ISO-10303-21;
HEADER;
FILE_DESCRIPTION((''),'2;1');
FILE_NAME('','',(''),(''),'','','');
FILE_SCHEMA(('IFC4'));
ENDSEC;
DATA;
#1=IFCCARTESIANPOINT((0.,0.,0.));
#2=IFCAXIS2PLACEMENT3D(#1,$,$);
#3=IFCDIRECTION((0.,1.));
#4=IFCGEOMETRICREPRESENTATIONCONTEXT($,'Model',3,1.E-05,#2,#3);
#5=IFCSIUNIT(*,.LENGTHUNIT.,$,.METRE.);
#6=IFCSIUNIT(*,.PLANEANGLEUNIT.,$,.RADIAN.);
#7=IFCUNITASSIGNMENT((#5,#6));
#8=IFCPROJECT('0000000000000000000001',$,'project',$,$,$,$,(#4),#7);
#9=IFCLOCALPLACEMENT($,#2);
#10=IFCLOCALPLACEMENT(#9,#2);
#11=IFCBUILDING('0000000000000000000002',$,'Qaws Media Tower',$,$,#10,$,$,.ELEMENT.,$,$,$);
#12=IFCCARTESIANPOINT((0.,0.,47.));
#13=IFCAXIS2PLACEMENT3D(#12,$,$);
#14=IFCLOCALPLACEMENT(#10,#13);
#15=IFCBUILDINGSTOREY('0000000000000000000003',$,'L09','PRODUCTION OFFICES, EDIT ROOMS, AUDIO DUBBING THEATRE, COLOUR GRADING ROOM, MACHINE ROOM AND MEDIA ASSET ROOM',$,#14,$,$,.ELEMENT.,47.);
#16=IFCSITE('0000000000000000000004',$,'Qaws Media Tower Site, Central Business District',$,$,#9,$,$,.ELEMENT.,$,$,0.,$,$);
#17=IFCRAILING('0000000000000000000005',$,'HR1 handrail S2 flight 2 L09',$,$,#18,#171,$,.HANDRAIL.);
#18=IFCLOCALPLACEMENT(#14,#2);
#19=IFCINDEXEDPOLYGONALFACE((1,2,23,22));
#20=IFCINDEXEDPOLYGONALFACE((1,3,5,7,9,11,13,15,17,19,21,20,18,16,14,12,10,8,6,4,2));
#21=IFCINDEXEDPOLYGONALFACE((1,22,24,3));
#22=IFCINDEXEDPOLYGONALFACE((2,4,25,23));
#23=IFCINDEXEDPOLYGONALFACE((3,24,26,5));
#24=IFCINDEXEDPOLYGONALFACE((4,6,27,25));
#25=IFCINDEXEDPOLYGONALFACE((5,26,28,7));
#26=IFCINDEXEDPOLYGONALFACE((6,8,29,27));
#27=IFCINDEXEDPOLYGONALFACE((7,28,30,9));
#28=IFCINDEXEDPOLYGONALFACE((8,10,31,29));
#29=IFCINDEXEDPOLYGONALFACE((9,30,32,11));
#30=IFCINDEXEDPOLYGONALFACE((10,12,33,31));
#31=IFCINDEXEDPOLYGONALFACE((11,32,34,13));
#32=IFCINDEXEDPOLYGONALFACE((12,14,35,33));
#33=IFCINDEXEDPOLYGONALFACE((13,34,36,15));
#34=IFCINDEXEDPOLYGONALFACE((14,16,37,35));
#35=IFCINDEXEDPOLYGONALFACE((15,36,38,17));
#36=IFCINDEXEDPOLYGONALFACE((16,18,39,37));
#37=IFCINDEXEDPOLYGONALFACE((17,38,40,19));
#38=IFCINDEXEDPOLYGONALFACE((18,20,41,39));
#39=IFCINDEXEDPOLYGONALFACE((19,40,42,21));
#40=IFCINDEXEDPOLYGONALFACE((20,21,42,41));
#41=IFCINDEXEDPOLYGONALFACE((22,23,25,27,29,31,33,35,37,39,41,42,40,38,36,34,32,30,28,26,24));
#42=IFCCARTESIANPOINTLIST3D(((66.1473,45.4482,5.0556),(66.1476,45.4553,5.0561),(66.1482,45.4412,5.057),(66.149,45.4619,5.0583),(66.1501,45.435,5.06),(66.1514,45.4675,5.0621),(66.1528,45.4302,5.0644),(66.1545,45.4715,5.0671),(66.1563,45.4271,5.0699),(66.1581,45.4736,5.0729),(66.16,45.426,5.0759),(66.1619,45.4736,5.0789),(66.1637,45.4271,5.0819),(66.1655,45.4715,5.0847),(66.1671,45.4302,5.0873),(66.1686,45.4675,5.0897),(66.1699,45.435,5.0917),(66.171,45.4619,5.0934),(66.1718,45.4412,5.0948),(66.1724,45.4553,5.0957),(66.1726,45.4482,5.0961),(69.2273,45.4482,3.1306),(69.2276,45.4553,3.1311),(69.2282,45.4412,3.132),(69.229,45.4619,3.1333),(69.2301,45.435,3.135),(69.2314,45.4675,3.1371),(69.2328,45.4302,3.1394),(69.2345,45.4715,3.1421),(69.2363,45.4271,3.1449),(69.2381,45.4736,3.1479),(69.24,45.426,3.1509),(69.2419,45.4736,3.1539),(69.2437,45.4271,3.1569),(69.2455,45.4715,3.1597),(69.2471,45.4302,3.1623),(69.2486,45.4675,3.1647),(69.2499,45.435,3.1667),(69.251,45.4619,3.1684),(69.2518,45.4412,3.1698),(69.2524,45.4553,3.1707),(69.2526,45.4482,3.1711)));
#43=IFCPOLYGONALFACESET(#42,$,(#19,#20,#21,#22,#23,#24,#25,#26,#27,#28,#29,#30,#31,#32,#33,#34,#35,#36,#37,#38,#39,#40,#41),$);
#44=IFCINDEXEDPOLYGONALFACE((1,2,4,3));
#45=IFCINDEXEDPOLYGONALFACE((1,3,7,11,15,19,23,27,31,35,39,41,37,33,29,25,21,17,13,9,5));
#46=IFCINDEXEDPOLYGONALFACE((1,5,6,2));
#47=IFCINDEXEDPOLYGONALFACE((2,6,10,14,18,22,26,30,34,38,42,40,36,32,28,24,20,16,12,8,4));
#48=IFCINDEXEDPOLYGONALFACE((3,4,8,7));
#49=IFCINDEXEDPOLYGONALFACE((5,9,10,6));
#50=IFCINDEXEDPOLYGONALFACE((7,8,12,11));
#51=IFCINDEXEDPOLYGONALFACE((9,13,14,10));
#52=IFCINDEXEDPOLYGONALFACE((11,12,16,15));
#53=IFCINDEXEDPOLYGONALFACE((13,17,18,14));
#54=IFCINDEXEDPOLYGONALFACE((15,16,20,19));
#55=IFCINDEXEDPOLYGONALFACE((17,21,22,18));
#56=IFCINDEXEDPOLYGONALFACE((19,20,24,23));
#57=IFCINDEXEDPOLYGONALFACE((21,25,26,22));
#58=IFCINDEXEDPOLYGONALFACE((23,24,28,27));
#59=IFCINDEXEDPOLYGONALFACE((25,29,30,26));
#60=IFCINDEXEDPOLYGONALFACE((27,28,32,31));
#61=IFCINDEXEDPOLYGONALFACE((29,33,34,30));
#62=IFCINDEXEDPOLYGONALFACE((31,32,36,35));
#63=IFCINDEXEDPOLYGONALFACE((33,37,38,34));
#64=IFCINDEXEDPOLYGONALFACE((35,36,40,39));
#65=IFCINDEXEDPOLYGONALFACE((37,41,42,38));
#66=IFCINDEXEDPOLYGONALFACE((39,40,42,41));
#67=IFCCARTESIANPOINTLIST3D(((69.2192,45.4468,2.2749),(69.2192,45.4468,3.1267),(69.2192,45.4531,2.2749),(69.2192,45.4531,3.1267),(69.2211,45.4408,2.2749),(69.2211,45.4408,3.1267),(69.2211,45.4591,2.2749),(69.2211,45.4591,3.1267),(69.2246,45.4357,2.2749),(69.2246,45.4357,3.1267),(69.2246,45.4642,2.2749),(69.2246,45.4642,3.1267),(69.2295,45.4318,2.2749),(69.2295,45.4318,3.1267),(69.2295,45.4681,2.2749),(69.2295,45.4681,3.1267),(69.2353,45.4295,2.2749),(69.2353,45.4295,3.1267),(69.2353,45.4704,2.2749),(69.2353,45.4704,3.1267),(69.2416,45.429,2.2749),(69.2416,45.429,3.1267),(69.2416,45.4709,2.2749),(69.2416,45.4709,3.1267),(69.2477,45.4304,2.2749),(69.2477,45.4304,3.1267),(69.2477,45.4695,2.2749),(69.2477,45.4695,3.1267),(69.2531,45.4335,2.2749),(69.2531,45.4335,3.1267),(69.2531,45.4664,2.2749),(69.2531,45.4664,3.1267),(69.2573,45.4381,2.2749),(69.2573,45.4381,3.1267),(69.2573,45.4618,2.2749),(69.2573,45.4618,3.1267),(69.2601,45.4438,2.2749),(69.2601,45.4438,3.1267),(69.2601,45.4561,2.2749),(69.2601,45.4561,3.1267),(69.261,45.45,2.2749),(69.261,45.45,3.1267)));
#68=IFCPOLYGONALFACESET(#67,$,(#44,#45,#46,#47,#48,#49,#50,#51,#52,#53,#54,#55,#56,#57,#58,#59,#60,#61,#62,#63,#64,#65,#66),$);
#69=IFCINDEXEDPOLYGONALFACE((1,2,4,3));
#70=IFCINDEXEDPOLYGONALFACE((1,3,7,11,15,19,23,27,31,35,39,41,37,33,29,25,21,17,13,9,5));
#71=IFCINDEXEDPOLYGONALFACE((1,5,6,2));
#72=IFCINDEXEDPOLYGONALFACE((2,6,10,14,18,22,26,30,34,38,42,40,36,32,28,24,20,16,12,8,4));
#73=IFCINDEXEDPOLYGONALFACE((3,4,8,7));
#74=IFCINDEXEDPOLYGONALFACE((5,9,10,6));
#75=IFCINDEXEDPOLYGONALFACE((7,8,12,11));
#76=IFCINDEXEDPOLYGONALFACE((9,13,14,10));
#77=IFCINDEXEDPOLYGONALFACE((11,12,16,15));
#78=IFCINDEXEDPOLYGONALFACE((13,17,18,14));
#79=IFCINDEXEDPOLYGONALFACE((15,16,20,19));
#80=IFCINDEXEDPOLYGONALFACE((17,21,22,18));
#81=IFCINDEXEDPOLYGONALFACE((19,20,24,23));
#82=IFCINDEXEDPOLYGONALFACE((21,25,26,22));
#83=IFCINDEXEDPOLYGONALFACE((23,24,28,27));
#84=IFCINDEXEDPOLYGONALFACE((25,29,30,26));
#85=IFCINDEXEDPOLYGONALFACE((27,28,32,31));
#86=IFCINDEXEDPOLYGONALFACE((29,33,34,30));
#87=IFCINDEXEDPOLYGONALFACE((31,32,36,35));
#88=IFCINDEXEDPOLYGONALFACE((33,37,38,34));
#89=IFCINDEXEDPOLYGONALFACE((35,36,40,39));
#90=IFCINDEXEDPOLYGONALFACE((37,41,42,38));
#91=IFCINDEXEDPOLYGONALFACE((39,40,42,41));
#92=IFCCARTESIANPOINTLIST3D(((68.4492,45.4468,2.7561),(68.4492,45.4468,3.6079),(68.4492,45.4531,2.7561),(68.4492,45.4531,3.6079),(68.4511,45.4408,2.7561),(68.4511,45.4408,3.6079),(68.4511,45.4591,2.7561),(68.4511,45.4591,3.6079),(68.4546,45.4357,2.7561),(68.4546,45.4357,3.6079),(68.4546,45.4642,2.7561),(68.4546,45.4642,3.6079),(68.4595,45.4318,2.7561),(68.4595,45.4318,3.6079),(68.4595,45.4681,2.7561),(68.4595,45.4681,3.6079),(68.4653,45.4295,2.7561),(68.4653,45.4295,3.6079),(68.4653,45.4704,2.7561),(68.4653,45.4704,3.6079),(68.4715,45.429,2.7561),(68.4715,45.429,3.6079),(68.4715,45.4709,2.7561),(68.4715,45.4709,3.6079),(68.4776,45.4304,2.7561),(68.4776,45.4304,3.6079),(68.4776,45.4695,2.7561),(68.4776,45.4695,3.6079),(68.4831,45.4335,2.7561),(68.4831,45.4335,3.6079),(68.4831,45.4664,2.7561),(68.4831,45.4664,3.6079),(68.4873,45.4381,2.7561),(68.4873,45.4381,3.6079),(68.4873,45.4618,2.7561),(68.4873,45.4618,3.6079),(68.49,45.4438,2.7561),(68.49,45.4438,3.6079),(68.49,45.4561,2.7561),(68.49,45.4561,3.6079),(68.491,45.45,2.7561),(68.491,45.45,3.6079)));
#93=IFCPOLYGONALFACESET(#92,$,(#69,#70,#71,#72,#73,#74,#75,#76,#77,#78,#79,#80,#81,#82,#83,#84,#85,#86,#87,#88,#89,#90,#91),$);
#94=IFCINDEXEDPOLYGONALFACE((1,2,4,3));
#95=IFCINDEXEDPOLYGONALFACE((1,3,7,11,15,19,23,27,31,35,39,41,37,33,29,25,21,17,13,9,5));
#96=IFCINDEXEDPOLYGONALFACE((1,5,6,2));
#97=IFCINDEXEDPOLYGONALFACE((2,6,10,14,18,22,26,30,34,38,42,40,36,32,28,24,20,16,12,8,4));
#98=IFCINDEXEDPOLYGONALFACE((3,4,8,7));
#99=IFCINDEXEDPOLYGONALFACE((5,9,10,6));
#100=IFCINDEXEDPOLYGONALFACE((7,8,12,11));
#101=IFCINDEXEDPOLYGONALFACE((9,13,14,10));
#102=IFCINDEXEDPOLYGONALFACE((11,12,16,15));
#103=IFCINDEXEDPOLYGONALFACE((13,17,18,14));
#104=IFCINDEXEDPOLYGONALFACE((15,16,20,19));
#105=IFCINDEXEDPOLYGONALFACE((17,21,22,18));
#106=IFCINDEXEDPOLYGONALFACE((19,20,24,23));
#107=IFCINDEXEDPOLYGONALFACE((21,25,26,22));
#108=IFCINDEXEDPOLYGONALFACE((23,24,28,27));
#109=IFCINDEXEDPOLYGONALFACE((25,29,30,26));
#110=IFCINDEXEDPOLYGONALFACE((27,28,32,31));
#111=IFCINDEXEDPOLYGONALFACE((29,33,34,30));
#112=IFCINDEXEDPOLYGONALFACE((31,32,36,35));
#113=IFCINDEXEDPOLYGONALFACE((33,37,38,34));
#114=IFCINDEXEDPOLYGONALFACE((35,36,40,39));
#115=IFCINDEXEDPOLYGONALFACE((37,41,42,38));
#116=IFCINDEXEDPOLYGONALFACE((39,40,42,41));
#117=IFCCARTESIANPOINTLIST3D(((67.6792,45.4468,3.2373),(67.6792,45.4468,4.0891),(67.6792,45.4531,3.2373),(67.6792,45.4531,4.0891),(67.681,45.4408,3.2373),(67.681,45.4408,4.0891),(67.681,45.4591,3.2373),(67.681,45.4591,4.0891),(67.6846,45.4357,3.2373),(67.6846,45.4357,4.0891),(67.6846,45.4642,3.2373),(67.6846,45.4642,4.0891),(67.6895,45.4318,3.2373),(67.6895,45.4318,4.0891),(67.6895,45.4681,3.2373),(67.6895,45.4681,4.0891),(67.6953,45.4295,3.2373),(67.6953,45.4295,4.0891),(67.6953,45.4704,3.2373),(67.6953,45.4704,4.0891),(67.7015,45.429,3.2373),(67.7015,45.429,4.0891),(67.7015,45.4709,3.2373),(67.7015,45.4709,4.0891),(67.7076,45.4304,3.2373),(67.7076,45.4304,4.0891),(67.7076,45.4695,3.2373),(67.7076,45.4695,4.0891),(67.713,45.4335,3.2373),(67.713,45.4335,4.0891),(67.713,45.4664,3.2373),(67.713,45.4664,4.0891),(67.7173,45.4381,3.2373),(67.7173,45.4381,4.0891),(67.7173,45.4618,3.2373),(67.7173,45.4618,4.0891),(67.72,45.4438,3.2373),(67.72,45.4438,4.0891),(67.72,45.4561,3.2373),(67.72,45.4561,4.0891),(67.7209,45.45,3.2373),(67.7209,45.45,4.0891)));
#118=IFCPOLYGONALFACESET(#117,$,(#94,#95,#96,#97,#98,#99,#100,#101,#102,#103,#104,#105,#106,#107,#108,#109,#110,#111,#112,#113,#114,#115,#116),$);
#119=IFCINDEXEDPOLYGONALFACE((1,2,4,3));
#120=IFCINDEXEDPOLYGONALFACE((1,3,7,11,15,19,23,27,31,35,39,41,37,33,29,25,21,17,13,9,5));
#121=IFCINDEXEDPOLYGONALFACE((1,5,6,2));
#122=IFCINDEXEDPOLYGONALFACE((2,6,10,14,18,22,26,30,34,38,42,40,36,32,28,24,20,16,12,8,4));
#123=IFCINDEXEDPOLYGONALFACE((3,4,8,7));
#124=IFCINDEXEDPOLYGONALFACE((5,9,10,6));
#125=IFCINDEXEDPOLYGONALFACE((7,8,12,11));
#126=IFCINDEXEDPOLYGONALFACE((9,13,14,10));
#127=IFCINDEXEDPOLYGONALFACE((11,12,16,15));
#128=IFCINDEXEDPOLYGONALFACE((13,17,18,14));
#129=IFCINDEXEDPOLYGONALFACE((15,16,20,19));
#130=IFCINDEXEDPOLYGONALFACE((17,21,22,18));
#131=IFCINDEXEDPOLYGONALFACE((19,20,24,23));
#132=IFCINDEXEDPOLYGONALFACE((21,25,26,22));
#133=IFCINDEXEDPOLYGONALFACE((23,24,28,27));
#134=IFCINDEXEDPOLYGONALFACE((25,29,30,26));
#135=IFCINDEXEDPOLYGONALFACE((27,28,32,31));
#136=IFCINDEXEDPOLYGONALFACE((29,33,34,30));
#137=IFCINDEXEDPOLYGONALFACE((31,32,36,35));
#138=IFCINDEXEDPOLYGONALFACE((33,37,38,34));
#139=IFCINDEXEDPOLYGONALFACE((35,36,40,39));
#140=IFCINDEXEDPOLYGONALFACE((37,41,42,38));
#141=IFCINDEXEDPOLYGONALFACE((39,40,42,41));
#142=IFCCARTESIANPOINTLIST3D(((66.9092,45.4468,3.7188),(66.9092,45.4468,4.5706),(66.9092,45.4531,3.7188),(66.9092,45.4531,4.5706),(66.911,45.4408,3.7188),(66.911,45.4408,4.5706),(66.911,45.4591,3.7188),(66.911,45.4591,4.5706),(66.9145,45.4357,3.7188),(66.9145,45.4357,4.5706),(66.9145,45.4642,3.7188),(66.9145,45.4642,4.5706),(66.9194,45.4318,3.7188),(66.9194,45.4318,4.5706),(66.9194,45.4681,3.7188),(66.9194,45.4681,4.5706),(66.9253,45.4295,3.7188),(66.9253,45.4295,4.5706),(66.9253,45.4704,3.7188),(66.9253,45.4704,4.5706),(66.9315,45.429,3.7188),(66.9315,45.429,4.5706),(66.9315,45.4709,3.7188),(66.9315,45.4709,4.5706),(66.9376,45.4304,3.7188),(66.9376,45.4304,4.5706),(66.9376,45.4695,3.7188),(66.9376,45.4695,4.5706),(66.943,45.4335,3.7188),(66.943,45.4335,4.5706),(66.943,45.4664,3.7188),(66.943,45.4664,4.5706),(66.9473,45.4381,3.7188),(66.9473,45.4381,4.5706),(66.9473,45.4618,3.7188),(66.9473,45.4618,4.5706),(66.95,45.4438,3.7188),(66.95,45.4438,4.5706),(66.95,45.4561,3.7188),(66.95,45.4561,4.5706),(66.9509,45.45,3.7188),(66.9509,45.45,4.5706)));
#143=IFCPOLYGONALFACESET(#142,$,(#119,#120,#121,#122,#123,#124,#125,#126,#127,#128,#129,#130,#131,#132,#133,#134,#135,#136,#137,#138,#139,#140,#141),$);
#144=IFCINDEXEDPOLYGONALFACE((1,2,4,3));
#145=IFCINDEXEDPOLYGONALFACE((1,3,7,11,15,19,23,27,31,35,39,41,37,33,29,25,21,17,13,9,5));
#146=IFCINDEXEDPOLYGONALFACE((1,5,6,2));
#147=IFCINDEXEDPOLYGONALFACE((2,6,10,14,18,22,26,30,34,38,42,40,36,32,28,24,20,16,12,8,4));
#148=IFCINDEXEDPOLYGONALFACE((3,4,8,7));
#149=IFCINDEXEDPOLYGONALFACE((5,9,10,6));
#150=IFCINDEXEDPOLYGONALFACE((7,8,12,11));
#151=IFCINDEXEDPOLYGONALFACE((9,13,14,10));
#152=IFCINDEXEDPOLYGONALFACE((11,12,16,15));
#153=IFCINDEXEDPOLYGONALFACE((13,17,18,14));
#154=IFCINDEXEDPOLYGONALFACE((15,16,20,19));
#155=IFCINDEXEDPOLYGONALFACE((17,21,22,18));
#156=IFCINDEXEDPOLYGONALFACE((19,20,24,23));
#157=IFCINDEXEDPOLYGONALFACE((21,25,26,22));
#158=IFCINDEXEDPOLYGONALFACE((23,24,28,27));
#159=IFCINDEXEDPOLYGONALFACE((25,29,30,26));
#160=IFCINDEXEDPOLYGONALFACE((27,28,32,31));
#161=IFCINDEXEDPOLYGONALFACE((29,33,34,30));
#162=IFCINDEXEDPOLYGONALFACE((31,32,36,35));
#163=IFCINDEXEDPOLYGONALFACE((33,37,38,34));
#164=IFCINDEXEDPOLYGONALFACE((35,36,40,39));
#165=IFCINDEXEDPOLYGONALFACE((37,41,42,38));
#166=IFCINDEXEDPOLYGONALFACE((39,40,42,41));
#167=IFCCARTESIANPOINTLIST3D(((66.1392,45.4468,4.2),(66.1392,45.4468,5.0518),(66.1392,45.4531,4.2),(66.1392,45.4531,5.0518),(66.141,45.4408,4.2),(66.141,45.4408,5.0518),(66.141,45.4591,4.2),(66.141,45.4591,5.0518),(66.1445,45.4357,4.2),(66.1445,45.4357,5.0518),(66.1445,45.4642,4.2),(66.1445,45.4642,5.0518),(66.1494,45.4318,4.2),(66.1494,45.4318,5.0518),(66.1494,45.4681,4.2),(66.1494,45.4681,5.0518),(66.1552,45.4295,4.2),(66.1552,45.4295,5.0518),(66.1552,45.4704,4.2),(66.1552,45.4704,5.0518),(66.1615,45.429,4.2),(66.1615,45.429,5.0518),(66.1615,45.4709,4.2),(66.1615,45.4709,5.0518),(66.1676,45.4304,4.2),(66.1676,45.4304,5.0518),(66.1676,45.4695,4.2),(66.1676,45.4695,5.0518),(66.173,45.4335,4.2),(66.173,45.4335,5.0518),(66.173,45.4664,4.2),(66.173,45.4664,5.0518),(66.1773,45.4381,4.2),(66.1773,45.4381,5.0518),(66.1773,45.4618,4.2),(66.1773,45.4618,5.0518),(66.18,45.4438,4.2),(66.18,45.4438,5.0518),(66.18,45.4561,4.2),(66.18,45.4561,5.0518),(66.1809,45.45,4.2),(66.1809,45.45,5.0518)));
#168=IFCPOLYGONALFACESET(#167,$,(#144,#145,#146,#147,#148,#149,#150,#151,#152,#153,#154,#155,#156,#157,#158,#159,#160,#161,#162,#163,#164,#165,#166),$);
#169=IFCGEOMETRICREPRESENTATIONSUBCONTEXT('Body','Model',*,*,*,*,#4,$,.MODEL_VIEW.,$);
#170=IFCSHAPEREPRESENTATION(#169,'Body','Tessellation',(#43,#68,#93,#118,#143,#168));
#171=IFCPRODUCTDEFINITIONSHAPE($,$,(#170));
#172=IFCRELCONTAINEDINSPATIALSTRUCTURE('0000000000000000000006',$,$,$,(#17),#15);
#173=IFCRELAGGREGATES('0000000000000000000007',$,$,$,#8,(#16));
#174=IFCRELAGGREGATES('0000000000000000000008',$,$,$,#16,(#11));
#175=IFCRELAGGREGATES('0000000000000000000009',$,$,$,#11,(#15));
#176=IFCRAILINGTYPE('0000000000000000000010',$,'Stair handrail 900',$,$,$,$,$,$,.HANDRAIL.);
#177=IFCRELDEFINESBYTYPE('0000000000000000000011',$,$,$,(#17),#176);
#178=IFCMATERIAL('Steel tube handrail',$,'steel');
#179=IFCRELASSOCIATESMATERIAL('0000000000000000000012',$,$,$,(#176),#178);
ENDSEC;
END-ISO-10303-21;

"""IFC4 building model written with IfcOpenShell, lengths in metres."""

from ifc_helpers import new_model, si_unit, direction, frame, origin, origin_2d, place, context, subcontext, project, spatial, circle, extrude, material, type_object, element, save


model = new_model("IFC4")

# Units and contexts
model_context = context("Model", 3, precision=1e-05, world=origin(), true_north=direction((0.0, 1.0)))
body_context = subcontext(model_context, "Body", "Model", "MODEL_VIEW")
ifc_project = project(units=[si_unit("LENGTHUNIT", "METRE"), si_unit("PLANEANGLEUNIT", "RADIAN")], contexts=[model_context])

# Site, building, storey
site_placement = place(None, origin())
site = spatial("IfcSite", under=ifc_project, at=site_placement, Name="Qaws Media Tower Site, Central Business District", CompositionType="ELEMENT", RefElevation=0.0)
building_placement = place(site_placement, origin())
building = spatial("IfcBuilding", under=site, at=building_placement, Name="Qaws Media Tower", CompositionType="ELEMENT")
storey_placement = place(building_placement, frame((0.0, 0.0, 47.0)))
storey = spatial("IfcBuildingStorey", under=building, at=storey_placement, Name="L09", Description="PRODUCTION OFFICES, EDIT ROOMS, AUDIO DUBBING THEATRE, COLOUR GRADING ROOM, MACHINE ROOM AND MEDIA ASSET ROOM", CompositionType="ELEMENT", Elevation=47.0)

# Railing
ifc_material_1 = material(Name="Steel tube handrail", Category="steel")
railing_type = type_object("IfcRailingType", Name="Stair handrail 900", PredefinedType="HANDRAIL", material=ifc_material_1)
for number, where, name in (
    (1, (69.24, 45.45, 2.2749), "HR1 handrail S2 flight 2 L09"),
):
    element("IfcRailing", number, at=place(storey_placement, frame(where)), inside=storey, type_object=railing_type, Name=name, PredefinedType="HANDRAIL", context=body_context, shape_type="SweptSolid", body=[
        extrude(circle(Radius=0.0239, at=origin_2d()), frame((0.0, 0.0, 0.876), z_axis=(-0.847998, 0.0, 0.529999), x_axis=(0.0, -1.0, 0.0)), (0.0, 0.0, 1.0), 3.6321),
        extrude(circle(Radius=0.021, at=origin_2d()), origin(), (0.0, 0.0, 1.0), 0.8518),
        extrude(circle(Radius=0.021, at=origin_2d()), frame((-0.77, 0.0, 0.4812)), (0.0, 0.0, 1.0), 0.8518),
        extrude(circle(Radius=0.021, at=origin_2d()), frame((-1.54, 0.0, 0.9624)), (0.0, 0.0, 1.0), 0.8518),
        extrude(circle(Radius=0.021, at=origin_2d()), frame((-2.3101, 0.0, 1.4438)), (0.0, 0.0, 1.0), 0.8518),
        extrude(circle(Radius=0.021, at=origin_2d()), frame((-3.0801, 0.0, 1.925)), (0.0, 0.0, 1.0), 0.8518),
    ])

save(model, "model.ifc")
